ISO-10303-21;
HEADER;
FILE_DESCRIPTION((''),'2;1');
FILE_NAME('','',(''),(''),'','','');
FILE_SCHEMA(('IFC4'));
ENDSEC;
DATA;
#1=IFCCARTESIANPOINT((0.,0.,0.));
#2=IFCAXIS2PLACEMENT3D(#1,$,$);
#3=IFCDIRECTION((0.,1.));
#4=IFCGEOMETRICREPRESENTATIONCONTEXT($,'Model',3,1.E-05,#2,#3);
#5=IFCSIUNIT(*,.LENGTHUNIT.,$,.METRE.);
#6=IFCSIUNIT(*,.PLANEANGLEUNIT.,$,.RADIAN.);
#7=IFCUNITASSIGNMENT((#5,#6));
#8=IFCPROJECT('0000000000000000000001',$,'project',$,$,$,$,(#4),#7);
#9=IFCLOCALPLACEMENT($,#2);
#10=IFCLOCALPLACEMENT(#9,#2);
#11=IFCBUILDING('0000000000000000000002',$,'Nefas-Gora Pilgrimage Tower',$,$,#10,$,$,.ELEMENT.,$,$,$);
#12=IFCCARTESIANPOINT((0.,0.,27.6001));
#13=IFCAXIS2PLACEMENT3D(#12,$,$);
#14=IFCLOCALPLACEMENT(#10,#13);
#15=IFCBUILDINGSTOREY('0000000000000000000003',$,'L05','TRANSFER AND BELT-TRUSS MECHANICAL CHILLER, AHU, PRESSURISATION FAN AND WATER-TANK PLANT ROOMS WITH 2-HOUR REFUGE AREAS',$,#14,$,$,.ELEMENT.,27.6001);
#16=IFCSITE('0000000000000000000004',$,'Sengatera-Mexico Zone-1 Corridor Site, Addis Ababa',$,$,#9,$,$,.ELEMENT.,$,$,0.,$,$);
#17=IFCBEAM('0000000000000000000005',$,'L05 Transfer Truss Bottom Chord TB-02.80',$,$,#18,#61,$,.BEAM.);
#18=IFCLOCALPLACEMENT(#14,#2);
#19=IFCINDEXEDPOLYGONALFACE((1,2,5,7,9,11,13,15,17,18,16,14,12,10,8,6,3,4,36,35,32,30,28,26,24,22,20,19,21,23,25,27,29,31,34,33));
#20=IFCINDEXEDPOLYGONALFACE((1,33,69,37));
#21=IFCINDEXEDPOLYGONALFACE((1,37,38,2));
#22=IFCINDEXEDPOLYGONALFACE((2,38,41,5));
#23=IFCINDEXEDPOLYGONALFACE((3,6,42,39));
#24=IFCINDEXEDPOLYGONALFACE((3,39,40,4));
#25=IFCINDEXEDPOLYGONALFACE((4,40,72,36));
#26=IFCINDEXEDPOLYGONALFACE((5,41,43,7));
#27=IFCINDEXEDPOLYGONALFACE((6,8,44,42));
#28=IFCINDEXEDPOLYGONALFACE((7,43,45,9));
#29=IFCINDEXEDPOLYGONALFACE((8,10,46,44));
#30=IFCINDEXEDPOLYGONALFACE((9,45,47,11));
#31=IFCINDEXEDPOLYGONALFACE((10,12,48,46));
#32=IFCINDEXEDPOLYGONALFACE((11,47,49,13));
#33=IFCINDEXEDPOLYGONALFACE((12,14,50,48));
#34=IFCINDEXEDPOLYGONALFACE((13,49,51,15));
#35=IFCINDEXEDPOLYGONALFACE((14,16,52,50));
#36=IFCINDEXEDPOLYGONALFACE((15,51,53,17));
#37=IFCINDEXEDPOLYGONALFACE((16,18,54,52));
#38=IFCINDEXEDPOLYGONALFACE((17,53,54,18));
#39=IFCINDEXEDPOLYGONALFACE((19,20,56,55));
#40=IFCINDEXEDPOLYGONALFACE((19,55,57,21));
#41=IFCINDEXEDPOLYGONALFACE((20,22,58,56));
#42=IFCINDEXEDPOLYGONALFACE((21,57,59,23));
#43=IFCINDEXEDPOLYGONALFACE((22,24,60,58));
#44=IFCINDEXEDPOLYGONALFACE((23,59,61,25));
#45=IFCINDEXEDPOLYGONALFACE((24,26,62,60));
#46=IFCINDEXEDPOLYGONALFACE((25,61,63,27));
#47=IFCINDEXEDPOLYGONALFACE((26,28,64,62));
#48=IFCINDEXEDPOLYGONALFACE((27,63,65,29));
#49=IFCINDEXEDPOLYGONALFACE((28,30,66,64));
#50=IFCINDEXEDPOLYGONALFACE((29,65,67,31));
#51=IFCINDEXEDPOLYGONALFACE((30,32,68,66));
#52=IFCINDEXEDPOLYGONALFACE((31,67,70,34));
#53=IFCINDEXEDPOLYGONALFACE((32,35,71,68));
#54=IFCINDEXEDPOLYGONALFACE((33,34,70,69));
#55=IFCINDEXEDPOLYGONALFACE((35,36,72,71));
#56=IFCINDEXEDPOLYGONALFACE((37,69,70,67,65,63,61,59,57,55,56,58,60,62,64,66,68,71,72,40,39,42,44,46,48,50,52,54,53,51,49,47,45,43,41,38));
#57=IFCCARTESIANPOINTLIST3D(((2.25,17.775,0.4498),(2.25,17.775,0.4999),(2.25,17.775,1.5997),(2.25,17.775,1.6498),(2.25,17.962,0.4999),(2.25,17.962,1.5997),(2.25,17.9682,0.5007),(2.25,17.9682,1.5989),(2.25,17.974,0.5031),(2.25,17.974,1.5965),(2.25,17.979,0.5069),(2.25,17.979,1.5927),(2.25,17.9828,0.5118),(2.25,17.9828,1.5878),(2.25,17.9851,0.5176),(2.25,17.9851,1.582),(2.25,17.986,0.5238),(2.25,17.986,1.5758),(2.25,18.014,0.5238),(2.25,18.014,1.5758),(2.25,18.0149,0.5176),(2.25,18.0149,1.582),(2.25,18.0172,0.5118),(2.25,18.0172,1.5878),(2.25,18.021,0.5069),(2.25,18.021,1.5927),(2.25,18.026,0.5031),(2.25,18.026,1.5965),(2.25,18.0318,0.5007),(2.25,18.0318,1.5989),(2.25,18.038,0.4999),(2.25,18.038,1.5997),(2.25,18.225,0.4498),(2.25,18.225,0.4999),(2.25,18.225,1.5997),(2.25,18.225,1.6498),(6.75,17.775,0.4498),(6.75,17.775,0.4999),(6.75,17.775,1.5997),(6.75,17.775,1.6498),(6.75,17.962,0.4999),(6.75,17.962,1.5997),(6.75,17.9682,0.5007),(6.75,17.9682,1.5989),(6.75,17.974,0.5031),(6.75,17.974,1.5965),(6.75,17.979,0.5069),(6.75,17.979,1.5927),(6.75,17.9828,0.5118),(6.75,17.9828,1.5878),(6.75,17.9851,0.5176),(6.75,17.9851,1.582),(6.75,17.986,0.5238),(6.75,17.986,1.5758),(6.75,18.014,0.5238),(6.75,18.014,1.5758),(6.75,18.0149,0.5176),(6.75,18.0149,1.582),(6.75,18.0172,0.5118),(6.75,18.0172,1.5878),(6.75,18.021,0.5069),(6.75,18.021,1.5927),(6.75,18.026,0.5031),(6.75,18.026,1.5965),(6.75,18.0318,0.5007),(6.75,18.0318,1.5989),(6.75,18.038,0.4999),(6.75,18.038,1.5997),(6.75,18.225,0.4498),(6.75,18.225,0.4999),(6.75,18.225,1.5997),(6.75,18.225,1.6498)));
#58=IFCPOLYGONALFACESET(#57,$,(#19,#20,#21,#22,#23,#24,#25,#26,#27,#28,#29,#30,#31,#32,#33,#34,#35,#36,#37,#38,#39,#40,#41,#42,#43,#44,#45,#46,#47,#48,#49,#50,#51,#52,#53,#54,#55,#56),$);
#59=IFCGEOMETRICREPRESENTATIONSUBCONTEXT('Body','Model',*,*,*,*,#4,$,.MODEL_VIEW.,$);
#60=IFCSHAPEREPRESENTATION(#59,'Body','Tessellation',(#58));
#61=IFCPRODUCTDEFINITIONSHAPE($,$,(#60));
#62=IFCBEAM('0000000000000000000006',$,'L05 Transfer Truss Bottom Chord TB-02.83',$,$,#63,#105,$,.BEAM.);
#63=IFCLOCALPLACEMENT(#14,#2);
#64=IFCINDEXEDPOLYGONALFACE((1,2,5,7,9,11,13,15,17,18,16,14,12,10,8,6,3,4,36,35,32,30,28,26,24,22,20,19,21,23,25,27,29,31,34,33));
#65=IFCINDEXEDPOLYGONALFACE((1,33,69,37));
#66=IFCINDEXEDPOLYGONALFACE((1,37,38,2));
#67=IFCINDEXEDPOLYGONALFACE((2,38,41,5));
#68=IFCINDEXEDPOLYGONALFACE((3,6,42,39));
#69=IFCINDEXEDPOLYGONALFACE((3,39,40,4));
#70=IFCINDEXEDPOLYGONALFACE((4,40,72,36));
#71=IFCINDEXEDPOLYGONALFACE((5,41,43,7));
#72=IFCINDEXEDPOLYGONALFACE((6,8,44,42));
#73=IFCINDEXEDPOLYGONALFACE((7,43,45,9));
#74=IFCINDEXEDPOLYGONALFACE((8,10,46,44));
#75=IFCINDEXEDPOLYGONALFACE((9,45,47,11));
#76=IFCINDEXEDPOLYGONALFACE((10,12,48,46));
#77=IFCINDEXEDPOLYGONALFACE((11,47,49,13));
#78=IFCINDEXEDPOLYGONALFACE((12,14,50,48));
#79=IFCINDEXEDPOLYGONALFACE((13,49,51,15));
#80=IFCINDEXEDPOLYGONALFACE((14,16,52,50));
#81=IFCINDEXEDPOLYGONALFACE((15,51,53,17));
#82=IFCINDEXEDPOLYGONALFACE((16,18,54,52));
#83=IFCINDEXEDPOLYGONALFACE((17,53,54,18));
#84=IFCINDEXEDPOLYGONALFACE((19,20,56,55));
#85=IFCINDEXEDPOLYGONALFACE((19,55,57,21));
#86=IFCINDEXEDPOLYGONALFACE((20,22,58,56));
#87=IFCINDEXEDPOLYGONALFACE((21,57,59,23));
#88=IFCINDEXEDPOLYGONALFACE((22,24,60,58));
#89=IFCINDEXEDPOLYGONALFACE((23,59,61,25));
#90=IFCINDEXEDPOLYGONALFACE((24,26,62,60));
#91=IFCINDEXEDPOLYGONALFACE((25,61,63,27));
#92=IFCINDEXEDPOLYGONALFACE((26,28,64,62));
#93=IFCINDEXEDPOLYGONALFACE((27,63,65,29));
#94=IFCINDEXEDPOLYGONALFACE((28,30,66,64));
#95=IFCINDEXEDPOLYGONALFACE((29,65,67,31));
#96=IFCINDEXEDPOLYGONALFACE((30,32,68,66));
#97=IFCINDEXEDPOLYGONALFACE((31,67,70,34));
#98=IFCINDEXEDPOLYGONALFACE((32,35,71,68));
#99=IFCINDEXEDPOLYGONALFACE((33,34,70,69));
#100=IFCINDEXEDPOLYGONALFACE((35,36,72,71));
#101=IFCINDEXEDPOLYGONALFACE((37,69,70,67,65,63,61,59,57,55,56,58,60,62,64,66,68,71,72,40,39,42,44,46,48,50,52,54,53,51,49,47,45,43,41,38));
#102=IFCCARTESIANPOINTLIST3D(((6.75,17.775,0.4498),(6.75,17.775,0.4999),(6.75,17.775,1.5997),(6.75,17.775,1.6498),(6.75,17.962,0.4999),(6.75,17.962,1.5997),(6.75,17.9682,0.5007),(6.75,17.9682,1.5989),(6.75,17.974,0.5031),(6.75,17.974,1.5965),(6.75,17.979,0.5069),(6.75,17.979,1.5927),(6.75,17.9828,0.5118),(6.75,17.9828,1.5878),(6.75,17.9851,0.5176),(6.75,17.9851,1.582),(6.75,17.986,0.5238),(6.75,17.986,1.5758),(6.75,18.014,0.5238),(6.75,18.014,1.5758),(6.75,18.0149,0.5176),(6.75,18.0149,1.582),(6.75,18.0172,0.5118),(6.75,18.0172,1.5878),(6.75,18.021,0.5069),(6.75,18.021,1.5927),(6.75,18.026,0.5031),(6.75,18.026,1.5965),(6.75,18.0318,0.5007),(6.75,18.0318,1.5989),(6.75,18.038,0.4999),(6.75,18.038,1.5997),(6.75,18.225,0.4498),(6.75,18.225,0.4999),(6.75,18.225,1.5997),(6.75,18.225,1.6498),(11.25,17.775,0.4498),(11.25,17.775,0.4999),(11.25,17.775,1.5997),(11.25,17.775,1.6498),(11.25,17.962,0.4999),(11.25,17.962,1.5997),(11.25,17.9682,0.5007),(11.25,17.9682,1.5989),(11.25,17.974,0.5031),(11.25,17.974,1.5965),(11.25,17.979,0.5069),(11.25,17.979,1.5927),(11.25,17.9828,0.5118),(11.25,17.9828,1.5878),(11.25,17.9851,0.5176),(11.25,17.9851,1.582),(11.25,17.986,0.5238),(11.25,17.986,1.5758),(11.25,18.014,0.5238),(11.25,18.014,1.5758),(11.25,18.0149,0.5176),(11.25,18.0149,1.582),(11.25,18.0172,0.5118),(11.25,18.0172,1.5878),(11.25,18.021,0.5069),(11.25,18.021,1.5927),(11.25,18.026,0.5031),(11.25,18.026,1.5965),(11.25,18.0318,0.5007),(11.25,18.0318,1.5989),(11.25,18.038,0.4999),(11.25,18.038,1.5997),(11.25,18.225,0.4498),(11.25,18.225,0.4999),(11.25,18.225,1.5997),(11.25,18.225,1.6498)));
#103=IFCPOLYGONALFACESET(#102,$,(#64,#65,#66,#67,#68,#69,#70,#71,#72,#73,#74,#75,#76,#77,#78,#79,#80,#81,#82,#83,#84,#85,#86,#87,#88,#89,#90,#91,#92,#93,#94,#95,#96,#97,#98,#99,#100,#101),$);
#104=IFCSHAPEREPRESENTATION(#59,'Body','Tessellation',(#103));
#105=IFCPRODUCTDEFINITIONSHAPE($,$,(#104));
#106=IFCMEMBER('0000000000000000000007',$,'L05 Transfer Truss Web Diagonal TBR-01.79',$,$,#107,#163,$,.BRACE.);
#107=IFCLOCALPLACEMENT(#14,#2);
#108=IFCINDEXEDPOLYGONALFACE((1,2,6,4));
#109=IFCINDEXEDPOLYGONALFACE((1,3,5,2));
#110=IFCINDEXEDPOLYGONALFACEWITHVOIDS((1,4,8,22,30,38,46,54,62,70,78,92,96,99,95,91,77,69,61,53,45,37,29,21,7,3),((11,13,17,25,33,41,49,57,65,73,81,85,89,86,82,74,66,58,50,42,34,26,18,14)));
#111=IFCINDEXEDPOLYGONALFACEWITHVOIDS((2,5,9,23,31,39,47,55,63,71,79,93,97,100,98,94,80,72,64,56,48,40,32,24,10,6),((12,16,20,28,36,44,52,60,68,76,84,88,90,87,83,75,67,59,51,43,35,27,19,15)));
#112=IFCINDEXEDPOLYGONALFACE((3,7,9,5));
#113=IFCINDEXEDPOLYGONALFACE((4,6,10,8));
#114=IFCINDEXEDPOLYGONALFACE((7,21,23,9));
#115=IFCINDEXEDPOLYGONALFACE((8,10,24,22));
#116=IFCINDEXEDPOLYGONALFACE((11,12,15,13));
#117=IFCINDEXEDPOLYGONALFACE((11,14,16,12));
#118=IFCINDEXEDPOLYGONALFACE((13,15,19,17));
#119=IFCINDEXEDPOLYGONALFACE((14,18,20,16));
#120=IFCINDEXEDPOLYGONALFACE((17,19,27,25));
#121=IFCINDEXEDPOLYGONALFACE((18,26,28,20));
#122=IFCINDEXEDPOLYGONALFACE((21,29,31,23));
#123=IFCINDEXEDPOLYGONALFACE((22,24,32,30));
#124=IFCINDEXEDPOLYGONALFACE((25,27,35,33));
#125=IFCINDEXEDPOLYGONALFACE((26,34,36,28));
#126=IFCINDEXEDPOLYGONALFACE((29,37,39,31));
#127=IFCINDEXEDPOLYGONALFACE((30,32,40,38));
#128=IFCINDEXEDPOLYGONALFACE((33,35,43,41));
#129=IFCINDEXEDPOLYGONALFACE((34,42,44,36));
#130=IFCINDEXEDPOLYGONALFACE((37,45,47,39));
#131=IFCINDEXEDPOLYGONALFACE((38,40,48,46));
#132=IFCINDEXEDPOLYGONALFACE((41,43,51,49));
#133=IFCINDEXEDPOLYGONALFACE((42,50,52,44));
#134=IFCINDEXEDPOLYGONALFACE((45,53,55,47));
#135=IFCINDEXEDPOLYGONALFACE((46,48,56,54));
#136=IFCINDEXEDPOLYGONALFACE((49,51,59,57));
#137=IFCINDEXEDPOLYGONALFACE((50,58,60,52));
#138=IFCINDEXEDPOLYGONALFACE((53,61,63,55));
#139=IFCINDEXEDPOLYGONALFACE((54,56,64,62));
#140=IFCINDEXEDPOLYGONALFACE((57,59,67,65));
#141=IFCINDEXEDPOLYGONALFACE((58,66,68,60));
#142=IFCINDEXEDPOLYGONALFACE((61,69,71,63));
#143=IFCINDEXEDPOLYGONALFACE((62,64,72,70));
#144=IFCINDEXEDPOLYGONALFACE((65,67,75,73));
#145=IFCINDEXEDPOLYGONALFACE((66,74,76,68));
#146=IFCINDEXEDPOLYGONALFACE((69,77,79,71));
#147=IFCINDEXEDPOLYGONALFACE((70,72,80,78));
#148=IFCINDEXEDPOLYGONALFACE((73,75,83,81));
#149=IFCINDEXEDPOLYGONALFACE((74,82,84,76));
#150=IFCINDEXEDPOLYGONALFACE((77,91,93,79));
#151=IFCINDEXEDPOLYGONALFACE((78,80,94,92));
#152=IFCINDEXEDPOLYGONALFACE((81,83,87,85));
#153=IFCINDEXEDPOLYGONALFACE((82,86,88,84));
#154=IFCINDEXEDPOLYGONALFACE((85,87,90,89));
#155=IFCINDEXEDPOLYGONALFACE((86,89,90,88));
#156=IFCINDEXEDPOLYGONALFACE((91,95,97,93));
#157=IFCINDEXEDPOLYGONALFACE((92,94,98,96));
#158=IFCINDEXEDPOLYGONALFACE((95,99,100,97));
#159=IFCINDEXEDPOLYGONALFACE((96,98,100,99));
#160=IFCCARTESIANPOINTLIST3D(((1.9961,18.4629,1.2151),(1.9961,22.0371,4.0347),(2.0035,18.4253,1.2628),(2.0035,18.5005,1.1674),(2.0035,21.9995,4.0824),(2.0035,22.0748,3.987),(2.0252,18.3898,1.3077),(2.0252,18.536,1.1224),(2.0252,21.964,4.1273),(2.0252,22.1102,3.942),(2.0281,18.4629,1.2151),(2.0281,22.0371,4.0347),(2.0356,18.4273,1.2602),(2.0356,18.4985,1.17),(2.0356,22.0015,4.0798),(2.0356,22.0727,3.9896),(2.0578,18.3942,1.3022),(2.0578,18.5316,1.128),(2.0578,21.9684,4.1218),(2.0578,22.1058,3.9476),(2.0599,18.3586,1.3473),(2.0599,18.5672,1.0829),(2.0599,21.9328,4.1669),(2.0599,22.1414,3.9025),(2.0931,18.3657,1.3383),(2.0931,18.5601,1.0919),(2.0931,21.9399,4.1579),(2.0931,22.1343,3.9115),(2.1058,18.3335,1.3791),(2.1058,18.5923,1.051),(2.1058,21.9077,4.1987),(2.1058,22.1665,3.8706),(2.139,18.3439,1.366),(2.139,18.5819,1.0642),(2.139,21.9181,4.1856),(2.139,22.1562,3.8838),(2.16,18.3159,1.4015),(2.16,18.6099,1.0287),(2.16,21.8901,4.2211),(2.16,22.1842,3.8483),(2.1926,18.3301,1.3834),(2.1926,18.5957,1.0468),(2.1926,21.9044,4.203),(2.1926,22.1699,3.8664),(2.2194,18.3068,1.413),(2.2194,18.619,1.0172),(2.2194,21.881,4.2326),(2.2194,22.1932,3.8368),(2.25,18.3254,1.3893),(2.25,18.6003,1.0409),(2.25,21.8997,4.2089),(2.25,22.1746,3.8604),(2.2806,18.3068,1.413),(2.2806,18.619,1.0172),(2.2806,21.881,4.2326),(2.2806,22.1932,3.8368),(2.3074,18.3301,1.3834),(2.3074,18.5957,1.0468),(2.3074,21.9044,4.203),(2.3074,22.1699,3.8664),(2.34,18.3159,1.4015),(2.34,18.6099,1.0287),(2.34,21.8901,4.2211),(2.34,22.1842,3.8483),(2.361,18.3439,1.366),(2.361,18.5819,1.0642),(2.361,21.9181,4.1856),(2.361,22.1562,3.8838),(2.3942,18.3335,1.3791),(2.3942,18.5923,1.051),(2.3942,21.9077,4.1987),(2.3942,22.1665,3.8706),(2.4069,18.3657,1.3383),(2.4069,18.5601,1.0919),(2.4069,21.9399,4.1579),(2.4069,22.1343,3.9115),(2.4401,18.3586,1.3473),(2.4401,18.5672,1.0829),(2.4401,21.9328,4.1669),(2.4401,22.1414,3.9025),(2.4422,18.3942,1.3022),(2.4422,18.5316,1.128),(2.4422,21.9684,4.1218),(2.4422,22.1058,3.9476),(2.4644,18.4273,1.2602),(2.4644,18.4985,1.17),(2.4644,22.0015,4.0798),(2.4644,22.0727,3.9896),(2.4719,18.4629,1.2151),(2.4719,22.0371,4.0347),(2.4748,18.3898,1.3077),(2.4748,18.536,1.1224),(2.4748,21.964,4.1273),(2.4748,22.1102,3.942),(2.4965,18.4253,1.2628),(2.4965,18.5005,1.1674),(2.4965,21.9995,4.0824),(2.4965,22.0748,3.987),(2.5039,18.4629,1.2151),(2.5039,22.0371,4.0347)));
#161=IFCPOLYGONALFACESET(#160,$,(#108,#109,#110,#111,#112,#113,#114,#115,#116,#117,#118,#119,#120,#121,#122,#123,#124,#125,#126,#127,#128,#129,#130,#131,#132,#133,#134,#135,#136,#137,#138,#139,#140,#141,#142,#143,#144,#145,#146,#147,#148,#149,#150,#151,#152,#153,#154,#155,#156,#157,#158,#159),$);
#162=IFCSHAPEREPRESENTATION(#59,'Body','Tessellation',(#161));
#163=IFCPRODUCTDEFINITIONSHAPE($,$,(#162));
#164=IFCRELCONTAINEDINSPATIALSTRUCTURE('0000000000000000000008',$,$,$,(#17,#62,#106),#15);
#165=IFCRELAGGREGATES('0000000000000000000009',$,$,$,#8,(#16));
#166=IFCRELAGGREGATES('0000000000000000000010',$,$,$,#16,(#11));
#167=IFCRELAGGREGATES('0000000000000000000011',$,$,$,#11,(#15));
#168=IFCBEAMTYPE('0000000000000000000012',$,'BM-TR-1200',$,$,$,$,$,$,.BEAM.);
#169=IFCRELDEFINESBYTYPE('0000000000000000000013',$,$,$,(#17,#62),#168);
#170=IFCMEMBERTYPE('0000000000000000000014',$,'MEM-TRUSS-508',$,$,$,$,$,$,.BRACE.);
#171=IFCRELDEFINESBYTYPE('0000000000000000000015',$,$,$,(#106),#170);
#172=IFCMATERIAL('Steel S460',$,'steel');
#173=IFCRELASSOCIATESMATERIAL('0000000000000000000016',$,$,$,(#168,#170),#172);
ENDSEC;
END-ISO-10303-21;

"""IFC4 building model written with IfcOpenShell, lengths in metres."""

from ifc_helpers import new_model, si_unit, direction, frame, origin, origin_2d, place, context, subcontext, project, spatial, hollow_circle, i_section, extrude, source, transform, mapped, material, material_profile, profile_set, type_object, element, save


model = new_model("IFC4")

# Units and contexts
model_context = context("Model", 3, precision=1e-05, world=origin(), true_north=direction((0.0, 1.0)))
body_context = subcontext(model_context, "Body", "Model", "MODEL_VIEW")
ifc_project = project(units=[si_unit("LENGTHUNIT", "METRE"), si_unit("PLANEANGLEUNIT", "RADIAN")], contexts=[model_context])

# Site, building, storey
site_placement = place(None, origin())
site = spatial("IfcSite", under=ifc_project, at=site_placement, Name="Sengatera-Mexico Zone-1 Corridor Site, Addis Ababa", CompositionType="ELEMENT", RefElevation=0.0)
building_placement = place(site_placement, origin())
building = spatial("IfcBuilding", under=site, at=building_placement, Name="Nefas-Gora Pilgrimage Tower", CompositionType="ELEMENT")
storey_placement = place(building_placement, frame((0.0, 0.0, 27.6001)))
storey = spatial("IfcBuildingStorey", under=building, at=storey_placement, Name="L05", Description="TRANSFER AND BELT-TRUSS MECHANICAL CHILLER, AHU, PRESSURISATION FAN AND WATER-TANK PLANT ROOMS WITH 2-HOUR REFUGE AREAS", CompositionType="ELEMENT", Elevation=27.6001)

# Shared definitions
ifc_material = material(Name="Steel S460", Category="steel")

# Beams
ifc_material_profile_1 = material_profile(ifc_material, i_section(OverallWidth=0.45, OverallDepth=1.2, WebThickness=0.0281, FlangeThickness=0.05, FilletRadius=0.0239, at=origin_2d()), Name="WPG 1200x450x28x50")
ifc_profile_set_1 = profile_set([ifc_material_profile_1], Name="Steel S460")
beam_type_1 = type_object("IfcBeamType", Name="BM-TR-1200", PredefinedType="BEAM", material=ifc_profile_set_1)
shared_shape_1 = source(origin(), body_context, "Body", "SweptSolid", [
    extrude(i_section(OverallWidth=0.45, OverallDepth=1.2, WebThickness=0.0281, FlangeThickness=0.05, FilletRadius=0.0239, at=origin_2d()), origin(), (0.0, 0.0, 1.0), 4.5),
])
for number, where, z_axis, x_axis, name in (
    (1, (2.25, 18.0, 1.0498), (1.0, 0.0, 0.0), (0.0, 1.0, 0.0), "L05 Transfer Truss Bottom Chord TB-02.80"),
    (2, (6.75, 18.0, 1.0498), (1.0, 0.0, 0.0), (0.0, 1.0, 0.0), "L05 Transfer Truss Bottom Chord TB-02.83"),
):
    element("IfcBeam", number, at=place(storey_placement, frame(where, z_axis=z_axis, x_axis=x_axis)), inside=storey, type_object=beam_type_1, Name=name, PredefinedType="BEAM", context=body_context, shape_type="MappedRepresentation", body=[
        mapped(shared_shape_1, transform((0.0, 0.0, 0.0), x_axis=(1.0, 0.0, 0.0), y_axis=(0.0, 1.0, 0.0), z_axis=(0.0, 0.0, 1.0), scale=1.0)),
    ])

# Member
ifc_material_profile_2 = material_profile(ifc_material, hollow_circle(Radius=0.2539, WallThickness=0.032, at=origin_2d()), Name="CHS 508x32")
ifc_profile_set_2 = profile_set([ifc_material_profile_2], Name="Steel S460")
member_type = type_object("IfcMemberType", Name="MEM-TRUSS-508", PredefinedType="BRACE", material=ifc_profile_set_2)
shared_shape_2 = source(origin(), body_context, "Body", "SweptSolid", [
    extrude(hollow_circle(Radius=0.2539, WallThickness=0.032, at=origin_2d()), origin(), (0.0, 0.0, 1.0), 4.5525),
])
for number, where, z_axis, x_axis, name in (
    (3, (2.25, 18.4629, 1.2151), (0.0, 0.785115, 0.61935), (-1.0, 0.0, 0.0), "L05 Transfer Truss Web Diagonal TBR-01.79"),
):
    element("IfcMember", number, at=place(storey_placement, frame(where, z_axis=z_axis, x_axis=x_axis)), inside=storey, type_object=member_type, Name=name, PredefinedType="BRACE", context=body_context, shape_type="MappedRepresentation", body=[
        mapped(shared_shape_2, transform((0.0, 0.0, 0.0), x_axis=(1.0, 0.0, 0.0), y_axis=(0.0, 1.0, 0.0), z_axis=(0.0, 0.0, 1.0), scale=1.0)),
    ])

save(model, "model.ifc")
